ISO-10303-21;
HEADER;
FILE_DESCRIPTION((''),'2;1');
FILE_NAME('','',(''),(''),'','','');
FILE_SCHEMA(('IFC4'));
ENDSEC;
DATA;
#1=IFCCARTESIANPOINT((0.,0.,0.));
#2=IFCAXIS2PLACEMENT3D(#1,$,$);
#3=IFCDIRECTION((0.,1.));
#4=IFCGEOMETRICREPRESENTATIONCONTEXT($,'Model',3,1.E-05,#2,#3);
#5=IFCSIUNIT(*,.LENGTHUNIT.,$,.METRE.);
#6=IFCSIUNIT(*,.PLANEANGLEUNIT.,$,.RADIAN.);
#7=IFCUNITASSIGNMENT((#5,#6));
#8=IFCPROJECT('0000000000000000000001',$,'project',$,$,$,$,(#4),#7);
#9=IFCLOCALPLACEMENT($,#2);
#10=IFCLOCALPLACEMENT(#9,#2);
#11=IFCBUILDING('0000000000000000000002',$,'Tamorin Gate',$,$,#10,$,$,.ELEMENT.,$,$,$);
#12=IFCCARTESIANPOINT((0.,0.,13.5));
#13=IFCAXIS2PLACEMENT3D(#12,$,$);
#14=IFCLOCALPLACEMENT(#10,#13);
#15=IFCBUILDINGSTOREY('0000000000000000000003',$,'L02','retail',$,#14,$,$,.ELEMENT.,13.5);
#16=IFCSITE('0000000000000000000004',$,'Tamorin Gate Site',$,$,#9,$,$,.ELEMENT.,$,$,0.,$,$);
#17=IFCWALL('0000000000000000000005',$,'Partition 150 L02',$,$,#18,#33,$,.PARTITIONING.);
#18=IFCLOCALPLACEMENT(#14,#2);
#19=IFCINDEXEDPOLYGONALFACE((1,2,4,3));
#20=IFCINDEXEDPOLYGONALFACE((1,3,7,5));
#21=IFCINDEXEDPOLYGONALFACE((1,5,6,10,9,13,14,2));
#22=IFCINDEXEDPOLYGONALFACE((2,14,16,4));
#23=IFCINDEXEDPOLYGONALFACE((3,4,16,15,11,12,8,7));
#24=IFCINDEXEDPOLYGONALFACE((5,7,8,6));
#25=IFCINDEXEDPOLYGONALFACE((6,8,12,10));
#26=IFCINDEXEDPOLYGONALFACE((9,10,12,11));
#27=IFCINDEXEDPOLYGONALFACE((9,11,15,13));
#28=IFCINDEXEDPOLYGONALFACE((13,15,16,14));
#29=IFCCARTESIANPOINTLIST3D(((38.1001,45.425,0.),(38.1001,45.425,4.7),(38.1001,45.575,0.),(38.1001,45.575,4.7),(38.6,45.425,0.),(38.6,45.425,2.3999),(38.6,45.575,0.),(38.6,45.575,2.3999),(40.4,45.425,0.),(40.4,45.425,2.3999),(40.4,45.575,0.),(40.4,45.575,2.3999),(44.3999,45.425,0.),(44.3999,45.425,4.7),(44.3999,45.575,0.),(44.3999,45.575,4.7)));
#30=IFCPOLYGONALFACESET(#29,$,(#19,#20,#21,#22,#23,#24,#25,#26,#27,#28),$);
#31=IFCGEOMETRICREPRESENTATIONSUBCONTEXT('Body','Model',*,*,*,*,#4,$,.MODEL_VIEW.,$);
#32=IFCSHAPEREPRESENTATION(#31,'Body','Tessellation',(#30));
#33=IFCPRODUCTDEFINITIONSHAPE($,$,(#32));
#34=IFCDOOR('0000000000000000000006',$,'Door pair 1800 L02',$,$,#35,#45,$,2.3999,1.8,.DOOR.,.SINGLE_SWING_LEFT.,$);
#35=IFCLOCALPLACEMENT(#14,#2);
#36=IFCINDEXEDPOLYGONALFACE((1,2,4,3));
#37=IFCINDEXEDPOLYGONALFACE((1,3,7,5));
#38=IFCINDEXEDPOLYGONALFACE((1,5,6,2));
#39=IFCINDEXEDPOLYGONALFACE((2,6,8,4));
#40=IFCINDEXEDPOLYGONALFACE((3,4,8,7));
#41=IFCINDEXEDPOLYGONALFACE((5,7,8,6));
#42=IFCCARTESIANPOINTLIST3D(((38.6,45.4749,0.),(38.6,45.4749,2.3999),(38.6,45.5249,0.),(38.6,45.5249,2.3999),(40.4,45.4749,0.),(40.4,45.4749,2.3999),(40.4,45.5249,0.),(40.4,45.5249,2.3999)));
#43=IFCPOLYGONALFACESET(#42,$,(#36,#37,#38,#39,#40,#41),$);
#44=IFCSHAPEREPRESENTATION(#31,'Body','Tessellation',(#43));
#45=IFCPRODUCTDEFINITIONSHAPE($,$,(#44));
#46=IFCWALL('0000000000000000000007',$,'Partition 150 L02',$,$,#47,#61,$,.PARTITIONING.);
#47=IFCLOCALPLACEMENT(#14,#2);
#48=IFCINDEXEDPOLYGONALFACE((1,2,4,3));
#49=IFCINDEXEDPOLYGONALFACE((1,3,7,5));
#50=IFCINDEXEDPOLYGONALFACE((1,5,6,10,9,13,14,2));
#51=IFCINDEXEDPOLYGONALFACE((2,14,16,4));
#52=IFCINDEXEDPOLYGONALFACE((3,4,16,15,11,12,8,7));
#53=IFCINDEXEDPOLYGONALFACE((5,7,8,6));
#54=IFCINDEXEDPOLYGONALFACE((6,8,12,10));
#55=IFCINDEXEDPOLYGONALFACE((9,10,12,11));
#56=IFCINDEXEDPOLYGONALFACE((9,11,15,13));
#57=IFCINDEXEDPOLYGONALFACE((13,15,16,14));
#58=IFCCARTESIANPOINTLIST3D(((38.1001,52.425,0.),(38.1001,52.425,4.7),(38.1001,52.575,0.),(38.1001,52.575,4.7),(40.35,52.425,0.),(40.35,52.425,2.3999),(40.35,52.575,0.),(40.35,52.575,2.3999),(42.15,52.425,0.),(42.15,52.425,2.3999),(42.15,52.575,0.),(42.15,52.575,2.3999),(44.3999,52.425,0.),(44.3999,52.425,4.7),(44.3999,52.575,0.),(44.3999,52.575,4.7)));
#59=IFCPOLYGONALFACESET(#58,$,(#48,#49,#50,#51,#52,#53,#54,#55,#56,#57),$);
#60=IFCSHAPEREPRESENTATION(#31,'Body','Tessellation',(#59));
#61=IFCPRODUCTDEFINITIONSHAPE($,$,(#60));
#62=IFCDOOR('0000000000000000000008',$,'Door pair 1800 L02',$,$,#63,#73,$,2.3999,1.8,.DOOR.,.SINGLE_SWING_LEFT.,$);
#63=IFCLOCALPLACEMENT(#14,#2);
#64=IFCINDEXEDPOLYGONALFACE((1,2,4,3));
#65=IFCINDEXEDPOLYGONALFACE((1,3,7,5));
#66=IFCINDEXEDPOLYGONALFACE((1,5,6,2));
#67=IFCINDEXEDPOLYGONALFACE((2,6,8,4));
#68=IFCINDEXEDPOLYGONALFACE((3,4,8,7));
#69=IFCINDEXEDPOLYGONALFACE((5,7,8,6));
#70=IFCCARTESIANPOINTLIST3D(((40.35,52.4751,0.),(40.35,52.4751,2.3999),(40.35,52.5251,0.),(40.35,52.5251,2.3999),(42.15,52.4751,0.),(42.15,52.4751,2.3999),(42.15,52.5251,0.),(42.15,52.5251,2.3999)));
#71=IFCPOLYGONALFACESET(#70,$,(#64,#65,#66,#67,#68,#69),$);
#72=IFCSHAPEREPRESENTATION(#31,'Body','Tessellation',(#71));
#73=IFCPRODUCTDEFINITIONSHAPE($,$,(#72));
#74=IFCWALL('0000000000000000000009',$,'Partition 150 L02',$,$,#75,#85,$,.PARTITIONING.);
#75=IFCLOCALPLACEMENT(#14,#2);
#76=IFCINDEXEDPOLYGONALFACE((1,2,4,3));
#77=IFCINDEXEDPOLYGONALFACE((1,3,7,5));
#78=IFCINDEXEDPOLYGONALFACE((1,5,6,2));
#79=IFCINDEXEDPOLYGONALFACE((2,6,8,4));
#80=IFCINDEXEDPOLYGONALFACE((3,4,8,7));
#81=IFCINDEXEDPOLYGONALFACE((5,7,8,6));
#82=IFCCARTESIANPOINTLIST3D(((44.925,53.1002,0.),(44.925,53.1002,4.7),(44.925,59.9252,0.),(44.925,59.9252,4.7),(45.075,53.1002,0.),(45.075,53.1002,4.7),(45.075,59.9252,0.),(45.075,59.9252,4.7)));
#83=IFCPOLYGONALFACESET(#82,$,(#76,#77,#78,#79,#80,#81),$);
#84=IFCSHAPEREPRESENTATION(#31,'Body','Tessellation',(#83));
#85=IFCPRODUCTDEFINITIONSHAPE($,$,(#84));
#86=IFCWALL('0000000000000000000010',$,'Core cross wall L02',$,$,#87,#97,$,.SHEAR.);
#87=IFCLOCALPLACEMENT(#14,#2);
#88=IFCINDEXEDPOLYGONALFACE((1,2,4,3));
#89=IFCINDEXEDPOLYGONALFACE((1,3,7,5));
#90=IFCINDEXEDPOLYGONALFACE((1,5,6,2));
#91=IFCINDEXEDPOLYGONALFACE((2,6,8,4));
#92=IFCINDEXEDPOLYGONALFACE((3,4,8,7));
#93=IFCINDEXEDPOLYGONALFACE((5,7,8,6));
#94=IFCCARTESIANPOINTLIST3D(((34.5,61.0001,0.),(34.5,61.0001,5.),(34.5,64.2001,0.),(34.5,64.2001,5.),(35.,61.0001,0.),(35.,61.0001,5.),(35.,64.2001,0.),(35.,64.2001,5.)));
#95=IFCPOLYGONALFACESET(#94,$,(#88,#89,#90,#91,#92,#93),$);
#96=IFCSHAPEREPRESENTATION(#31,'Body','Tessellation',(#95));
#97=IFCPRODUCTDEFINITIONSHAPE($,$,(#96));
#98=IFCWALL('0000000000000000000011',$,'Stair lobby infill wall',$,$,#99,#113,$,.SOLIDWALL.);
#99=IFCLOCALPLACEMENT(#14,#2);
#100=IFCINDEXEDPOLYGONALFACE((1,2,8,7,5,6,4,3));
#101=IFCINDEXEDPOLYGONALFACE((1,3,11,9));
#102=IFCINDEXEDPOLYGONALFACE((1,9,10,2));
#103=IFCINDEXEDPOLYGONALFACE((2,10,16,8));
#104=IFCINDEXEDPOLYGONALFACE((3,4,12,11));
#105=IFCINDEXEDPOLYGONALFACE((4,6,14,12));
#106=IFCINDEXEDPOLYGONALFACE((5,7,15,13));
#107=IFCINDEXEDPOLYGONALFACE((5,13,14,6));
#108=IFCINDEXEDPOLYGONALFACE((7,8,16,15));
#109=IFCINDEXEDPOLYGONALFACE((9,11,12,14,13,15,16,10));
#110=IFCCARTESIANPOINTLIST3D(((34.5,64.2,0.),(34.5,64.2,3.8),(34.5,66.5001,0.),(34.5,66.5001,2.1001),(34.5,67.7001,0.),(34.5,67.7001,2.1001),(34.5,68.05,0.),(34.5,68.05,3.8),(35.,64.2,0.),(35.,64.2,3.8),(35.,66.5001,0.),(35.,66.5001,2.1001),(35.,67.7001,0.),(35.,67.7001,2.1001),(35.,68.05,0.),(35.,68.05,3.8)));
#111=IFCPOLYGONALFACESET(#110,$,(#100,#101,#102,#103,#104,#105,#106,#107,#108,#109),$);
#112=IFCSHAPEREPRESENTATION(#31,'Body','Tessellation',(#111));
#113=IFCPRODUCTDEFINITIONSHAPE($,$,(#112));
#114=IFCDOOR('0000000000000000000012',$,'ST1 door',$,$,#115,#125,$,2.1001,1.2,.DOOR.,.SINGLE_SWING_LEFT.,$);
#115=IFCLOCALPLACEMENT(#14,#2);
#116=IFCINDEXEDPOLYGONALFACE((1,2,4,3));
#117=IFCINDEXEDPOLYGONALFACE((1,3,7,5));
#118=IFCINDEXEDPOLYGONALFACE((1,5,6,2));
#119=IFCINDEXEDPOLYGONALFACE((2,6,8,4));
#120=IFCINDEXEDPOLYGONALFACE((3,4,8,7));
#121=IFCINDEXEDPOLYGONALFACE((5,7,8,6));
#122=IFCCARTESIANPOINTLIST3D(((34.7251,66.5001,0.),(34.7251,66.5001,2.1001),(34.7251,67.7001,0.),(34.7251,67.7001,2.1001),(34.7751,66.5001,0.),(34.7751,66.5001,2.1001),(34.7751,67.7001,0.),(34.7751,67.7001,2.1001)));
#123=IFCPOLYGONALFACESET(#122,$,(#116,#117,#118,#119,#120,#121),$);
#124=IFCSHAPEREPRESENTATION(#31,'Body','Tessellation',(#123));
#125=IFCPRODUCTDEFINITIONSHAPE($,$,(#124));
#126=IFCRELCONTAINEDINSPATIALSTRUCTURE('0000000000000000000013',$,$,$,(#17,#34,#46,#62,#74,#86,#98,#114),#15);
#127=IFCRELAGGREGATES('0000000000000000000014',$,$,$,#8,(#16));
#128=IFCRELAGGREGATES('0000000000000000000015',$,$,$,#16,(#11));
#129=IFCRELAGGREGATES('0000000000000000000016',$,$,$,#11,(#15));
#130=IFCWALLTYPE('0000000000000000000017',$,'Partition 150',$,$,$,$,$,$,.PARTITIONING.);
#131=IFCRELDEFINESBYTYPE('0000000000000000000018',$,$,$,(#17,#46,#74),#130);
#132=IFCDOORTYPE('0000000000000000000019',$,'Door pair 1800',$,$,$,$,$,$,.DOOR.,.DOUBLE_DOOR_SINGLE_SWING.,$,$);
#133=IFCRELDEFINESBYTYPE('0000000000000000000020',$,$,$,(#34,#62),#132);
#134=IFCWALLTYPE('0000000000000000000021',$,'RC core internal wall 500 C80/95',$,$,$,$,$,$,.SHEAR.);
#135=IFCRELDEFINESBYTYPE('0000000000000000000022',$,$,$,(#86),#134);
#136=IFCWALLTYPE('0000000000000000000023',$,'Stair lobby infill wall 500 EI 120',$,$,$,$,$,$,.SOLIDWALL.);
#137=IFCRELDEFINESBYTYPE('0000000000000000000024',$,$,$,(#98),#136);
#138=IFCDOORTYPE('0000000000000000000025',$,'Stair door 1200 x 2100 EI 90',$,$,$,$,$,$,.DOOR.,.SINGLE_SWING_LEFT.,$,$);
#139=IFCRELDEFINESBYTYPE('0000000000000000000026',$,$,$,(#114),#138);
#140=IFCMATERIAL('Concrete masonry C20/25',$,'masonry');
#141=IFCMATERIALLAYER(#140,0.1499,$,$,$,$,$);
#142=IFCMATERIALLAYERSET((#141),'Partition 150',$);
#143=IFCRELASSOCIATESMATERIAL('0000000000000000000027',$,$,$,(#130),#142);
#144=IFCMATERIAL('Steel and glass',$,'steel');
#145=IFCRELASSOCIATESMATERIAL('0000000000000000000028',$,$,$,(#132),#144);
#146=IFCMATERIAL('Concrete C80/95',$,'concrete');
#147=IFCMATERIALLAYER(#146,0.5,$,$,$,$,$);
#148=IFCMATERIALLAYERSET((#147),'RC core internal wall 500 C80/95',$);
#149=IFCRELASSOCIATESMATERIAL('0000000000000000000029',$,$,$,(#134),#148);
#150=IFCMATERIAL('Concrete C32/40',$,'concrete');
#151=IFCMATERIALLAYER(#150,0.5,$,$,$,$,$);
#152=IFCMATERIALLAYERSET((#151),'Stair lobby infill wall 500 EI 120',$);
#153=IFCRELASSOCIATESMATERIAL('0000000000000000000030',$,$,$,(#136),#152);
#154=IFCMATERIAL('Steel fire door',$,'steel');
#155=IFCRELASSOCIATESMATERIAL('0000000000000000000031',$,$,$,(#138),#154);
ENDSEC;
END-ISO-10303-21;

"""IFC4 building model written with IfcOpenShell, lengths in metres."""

from ifc_helpers import new_model, si_unit, direction, frame, frame_2d, origin, place, context, subcontext, project, spatial, rectangle, extrude, material, layer, layer_set, type_object, element, fill, save


model = new_model("IFC4")

# Units and contexts
model_context = context("Model", 3, precision=1e-05, world=origin(), true_north=direction((0.0, 1.0)))
body_context = subcontext(model_context, "Body", "Model", "MODEL_VIEW")
ifc_project = project(units=[si_unit("LENGTHUNIT", "METRE"), si_unit("PLANEANGLEUNIT", "RADIAN")], contexts=[model_context])

# Site, building, storey
site_placement = place(None, origin())
site = spatial("IfcSite", under=ifc_project, at=site_placement, Name="Tamorin Gate Site", CompositionType="ELEMENT", RefElevation=0.0)
building_placement = place(site_placement, origin())
building = spatial("IfcBuilding", under=site, at=building_placement, Name="Tamorin Gate", CompositionType="ELEMENT")
storey_placement = place(building_placement, frame((0.0, 0.0, 13.5)))
storey = spatial("IfcBuildingStorey", under=building, at=storey_placement, Name="L02", Description="retail", CompositionType="ELEMENT", Elevation=13.5)

# Shared definitions
ifc_material_1 = material(Name="Concrete C80/95", Category="concrete")

# Shared definitions
ifc_material_2 = material(Name="Concrete C32/40", Category="concrete")

# Walls, openings, doors
ifc_material_3 = material(Name="Concrete masonry C20/25", Category="masonry")
ifc_layer_1 = layer(ifc_material_3, 0.1499)
ifc_layer_set_1 = layer_set([ifc_layer_1], Name="Partition 150")
wall_type_1 = type_object("IfcWallType", Name="Partition 150", PredefinedType="PARTITIONING", material=ifc_layer_set_1)
wall_1_placement = place(storey_placement, frame((38.1001, 45.5, 0.0), z_axis=(0.0, 0.0, 1.0), x_axis=(1.0, 0.0, 0.0)))
wall_1 = element("IfcWall", 1, at=wall_1_placement, inside=storey, type_object=wall_type_1, Name="Partition 150 L02", PredefinedType="PARTITIONING", context=body_context, shape_type="SweptSolid", body=[
    extrude(rectangle(XDim=6.2998, YDim=0.1499, at=frame_2d((3.1499, 0.0))), origin(), (0.0, 0.0, 1.0), 4.7),
])
opening_1_placement = place(wall_1_placement, frame((0.5, 0.0, 0.0)))
opening_1 = element("IfcOpeningElement", 2, at=opening_1_placement, cuts=wall_1, PredefinedType="OPENING", context=body_context, shape_type="SweptSolid", body=[
    extrude(rectangle(XDim=1.8, YDim=2.3999, at=frame_2d((0.8999, 1.2))), frame((0.0, 0.085, 0.0), z_axis=(0.0, -1.0, 0.0), x_axis=(1.0, 0.0, 0.0)), (0.0, 0.0, 1.0), 0.1699),
])
ifc_material_4 = material(Name="Steel and glass", Category="steel")
door_type_1 = type_object("IfcDoorType", Name="Door pair 1800", OperationType="DOUBLE_DOOR_SINGLE_SWING", PredefinedType="DOOR", material=ifc_material_4)
door_1_placement = place(opening_1_placement, origin())
door_1 = element("IfcDoor", 3, at=door_1_placement, inside=storey, type_object=door_type_1, Name="Door pair 1800 L02", OperationType="SINGLE_SWING_LEFT", OverallHeight=2.3999, OverallWidth=1.8, PredefinedType="DOOR", context=body_context, shape_type="SweptSolid", body=[
    extrude(rectangle(XDim=1.8, YDim=2.3999, at=frame_2d((0.8999, 1.2))), frame((0.0, 0.0249, 0.0), z_axis=(0.0, -1.0, 0.0), x_axis=(1.0, 0.0, 0.0)), (0.0, 0.0, 1.0), 0.05),
])
fill(opening_1, door_1)
wall_2_placement = place(storey_placement, frame((44.3999, 52.5, 0.0), z_axis=(0.0, 0.0, 1.0), x_axis=(-1.0, 0.0, 0.0)))
wall_2 = element("IfcWall", 4, at=wall_2_placement, inside=storey, type_object=wall_type_1, Name="Partition 150 L02", PredefinedType="PARTITIONING", context=body_context, shape_type="SweptSolid", body=[
    extrude(rectangle(XDim=6.2998, YDim=0.1499, at=frame_2d((3.1499, 0.0))), origin(), (0.0, 0.0, 1.0), 4.7),
])
opening_2_placement = place(wall_2_placement, frame((2.25, 0.0, 0.0)))
opening_2 = element("IfcOpeningElement", 5, at=opening_2_placement, cuts=wall_2, PredefinedType="OPENING", context=body_context, shape_type="SweptSolid", body=[
    extrude(rectangle(XDim=1.8, YDim=2.3999, at=frame_2d((0.8999, 1.2))), frame((0.0, 0.085, 0.0), z_axis=(0.0, -1.0, 0.0), x_axis=(1.0, 0.0, 0.0)), (0.0, 0.0, 1.0), 0.1699),
])
door_2_placement = place(opening_2_placement, origin())
door_2 = element("IfcDoor", 6, at=door_2_placement, inside=storey, type_object=door_type_1, Name="Door pair 1800 L02", OperationType="SINGLE_SWING_LEFT", OverallHeight=2.3999, OverallWidth=1.8, PredefinedType="DOOR", context=body_context, shape_type="SweptSolid", body=[
    extrude(rectangle(XDim=1.8, YDim=2.3999, at=frame_2d((0.8999, 1.2))), frame((0.0, 0.0249, 0.0), z_axis=(0.0, -1.0, 0.0), x_axis=(1.0, 0.0, 0.0)), (0.0, 0.0, 1.0), 0.05),
])
fill(opening_2, door_2)

# Walls
wall_3_placement = place(storey_placement, frame((45.0, 53.1001, 0.0), z_axis=(0.0, 0.0, 1.0), x_axis=(0.0, 1.0, 0.0)))
element("IfcWall", 7, at=wall_3_placement, inside=storey, type_object=wall_type_1, Name="Partition 150 L02", PredefinedType="PARTITIONING", context=body_context, shape_type="SweptSolid", body=[
    extrude(rectangle(XDim=6.825, YDim=0.1499, at=frame_2d((3.4126, 0.0))), origin(), (0.0, 0.0, 1.0), 4.7),
])
ifc_layer_2 = layer(ifc_material_1, 0.5)
ifc_layer_set_2 = layer_set([ifc_layer_2], Name="RC core internal wall 500 C80/95")
wall_type_2 = type_object("IfcWallType", Name="RC core internal wall 500 C80/95", PredefinedType="SHEAR", material=ifc_layer_set_2)
wall_4_placement = place(storey_placement, frame((34.75, 61.0, 0.0), z_axis=(0.0, 0.0, 1.0), x_axis=(0.0, 1.0, 0.0)))
element("IfcWall", 8, at=wall_4_placement, inside=storey, type_object=wall_type_2, Name="Core cross wall L02", PredefinedType="SHEAR", context=body_context, shape_type="SweptSolid", body=[
    extrude(rectangle(XDim=3.2, YDim=0.5, at=frame_2d((1.6001, 0.0))), origin(), (0.0, 0.0, 1.0), 5.0),
])

# Wall, opening, door
ifc_layer_3 = layer(ifc_material_2, 0.5)
ifc_layer_set_3 = layer_set([ifc_layer_3], Name="Stair lobby infill wall 500 EI 120")
wall_type_3 = type_object("IfcWallType", Name="Stair lobby infill wall 500 EI 120", PredefinedType="SOLIDWALL", material=ifc_layer_set_3)
wall_5_placement = place(storey_placement, frame((34.75, 64.2, 0.0), z_axis=(0.0, 0.0, 1.0), x_axis=(0.0, 1.0, 0.0)))
wall_5 = element("IfcWall", 9, at=wall_5_placement, inside=storey, type_object=wall_type_3, Name="Stair lobby infill wall", PredefinedType="SOLIDWALL", context=body_context, shape_type="SweptSolid", body=[
    extrude(rectangle(XDim=3.8501, YDim=0.5, at=frame_2d((1.925, 0.0))), origin(), (0.0, 0.0, 1.0), 3.8),
])
opening_3_placement = place(wall_5_placement, frame((2.3, 0.0, 0.0)))
opening_3 = element("IfcOpeningElement", 10, at=opening_3_placement, cuts=wall_5, PredefinedType="OPENING", context=body_context, shape_type="SweptSolid", body=[
    extrude(rectangle(XDim=1.2, YDim=2.1001, at=frame_2d((0.6001, 1.05))), frame((0.0, 0.26, 0.0), z_axis=(0.0, -1.0, 0.0), x_axis=(1.0, 0.0, 0.0)), (0.0, 0.0, 1.0), 0.52),
])
ifc_material_5 = material(Name="Steel fire door", Category="steel")
door_type_2 = type_object("IfcDoorType", Name="Stair door 1200 x 2100 EI 90", OperationType="SINGLE_SWING_LEFT", PredefinedType="DOOR", material=ifc_material_5)
door_3_placement = place(opening_3_placement, origin())
door_3 = element("IfcDoor", 11, at=door_3_placement, inside=storey, type_object=door_type_2, Name="ST1 door", OperationType="SINGLE_SWING_LEFT", OverallHeight=2.1001, OverallWidth=1.2, PredefinedType="DOOR", context=body_context, shape_type="SweptSolid", body=[
    extrude(rectangle(XDim=1.2, YDim=2.1001, at=frame_2d((0.6001, 1.05))), frame((0.0, 0.0249, 0.0), z_axis=(0.0, -1.0, 0.0), x_axis=(1.0, 0.0, 0.0)), (0.0, 0.0, 1.0), 0.05),
])
fill(opening_3, door_3)

save(model, "model.ifc")
